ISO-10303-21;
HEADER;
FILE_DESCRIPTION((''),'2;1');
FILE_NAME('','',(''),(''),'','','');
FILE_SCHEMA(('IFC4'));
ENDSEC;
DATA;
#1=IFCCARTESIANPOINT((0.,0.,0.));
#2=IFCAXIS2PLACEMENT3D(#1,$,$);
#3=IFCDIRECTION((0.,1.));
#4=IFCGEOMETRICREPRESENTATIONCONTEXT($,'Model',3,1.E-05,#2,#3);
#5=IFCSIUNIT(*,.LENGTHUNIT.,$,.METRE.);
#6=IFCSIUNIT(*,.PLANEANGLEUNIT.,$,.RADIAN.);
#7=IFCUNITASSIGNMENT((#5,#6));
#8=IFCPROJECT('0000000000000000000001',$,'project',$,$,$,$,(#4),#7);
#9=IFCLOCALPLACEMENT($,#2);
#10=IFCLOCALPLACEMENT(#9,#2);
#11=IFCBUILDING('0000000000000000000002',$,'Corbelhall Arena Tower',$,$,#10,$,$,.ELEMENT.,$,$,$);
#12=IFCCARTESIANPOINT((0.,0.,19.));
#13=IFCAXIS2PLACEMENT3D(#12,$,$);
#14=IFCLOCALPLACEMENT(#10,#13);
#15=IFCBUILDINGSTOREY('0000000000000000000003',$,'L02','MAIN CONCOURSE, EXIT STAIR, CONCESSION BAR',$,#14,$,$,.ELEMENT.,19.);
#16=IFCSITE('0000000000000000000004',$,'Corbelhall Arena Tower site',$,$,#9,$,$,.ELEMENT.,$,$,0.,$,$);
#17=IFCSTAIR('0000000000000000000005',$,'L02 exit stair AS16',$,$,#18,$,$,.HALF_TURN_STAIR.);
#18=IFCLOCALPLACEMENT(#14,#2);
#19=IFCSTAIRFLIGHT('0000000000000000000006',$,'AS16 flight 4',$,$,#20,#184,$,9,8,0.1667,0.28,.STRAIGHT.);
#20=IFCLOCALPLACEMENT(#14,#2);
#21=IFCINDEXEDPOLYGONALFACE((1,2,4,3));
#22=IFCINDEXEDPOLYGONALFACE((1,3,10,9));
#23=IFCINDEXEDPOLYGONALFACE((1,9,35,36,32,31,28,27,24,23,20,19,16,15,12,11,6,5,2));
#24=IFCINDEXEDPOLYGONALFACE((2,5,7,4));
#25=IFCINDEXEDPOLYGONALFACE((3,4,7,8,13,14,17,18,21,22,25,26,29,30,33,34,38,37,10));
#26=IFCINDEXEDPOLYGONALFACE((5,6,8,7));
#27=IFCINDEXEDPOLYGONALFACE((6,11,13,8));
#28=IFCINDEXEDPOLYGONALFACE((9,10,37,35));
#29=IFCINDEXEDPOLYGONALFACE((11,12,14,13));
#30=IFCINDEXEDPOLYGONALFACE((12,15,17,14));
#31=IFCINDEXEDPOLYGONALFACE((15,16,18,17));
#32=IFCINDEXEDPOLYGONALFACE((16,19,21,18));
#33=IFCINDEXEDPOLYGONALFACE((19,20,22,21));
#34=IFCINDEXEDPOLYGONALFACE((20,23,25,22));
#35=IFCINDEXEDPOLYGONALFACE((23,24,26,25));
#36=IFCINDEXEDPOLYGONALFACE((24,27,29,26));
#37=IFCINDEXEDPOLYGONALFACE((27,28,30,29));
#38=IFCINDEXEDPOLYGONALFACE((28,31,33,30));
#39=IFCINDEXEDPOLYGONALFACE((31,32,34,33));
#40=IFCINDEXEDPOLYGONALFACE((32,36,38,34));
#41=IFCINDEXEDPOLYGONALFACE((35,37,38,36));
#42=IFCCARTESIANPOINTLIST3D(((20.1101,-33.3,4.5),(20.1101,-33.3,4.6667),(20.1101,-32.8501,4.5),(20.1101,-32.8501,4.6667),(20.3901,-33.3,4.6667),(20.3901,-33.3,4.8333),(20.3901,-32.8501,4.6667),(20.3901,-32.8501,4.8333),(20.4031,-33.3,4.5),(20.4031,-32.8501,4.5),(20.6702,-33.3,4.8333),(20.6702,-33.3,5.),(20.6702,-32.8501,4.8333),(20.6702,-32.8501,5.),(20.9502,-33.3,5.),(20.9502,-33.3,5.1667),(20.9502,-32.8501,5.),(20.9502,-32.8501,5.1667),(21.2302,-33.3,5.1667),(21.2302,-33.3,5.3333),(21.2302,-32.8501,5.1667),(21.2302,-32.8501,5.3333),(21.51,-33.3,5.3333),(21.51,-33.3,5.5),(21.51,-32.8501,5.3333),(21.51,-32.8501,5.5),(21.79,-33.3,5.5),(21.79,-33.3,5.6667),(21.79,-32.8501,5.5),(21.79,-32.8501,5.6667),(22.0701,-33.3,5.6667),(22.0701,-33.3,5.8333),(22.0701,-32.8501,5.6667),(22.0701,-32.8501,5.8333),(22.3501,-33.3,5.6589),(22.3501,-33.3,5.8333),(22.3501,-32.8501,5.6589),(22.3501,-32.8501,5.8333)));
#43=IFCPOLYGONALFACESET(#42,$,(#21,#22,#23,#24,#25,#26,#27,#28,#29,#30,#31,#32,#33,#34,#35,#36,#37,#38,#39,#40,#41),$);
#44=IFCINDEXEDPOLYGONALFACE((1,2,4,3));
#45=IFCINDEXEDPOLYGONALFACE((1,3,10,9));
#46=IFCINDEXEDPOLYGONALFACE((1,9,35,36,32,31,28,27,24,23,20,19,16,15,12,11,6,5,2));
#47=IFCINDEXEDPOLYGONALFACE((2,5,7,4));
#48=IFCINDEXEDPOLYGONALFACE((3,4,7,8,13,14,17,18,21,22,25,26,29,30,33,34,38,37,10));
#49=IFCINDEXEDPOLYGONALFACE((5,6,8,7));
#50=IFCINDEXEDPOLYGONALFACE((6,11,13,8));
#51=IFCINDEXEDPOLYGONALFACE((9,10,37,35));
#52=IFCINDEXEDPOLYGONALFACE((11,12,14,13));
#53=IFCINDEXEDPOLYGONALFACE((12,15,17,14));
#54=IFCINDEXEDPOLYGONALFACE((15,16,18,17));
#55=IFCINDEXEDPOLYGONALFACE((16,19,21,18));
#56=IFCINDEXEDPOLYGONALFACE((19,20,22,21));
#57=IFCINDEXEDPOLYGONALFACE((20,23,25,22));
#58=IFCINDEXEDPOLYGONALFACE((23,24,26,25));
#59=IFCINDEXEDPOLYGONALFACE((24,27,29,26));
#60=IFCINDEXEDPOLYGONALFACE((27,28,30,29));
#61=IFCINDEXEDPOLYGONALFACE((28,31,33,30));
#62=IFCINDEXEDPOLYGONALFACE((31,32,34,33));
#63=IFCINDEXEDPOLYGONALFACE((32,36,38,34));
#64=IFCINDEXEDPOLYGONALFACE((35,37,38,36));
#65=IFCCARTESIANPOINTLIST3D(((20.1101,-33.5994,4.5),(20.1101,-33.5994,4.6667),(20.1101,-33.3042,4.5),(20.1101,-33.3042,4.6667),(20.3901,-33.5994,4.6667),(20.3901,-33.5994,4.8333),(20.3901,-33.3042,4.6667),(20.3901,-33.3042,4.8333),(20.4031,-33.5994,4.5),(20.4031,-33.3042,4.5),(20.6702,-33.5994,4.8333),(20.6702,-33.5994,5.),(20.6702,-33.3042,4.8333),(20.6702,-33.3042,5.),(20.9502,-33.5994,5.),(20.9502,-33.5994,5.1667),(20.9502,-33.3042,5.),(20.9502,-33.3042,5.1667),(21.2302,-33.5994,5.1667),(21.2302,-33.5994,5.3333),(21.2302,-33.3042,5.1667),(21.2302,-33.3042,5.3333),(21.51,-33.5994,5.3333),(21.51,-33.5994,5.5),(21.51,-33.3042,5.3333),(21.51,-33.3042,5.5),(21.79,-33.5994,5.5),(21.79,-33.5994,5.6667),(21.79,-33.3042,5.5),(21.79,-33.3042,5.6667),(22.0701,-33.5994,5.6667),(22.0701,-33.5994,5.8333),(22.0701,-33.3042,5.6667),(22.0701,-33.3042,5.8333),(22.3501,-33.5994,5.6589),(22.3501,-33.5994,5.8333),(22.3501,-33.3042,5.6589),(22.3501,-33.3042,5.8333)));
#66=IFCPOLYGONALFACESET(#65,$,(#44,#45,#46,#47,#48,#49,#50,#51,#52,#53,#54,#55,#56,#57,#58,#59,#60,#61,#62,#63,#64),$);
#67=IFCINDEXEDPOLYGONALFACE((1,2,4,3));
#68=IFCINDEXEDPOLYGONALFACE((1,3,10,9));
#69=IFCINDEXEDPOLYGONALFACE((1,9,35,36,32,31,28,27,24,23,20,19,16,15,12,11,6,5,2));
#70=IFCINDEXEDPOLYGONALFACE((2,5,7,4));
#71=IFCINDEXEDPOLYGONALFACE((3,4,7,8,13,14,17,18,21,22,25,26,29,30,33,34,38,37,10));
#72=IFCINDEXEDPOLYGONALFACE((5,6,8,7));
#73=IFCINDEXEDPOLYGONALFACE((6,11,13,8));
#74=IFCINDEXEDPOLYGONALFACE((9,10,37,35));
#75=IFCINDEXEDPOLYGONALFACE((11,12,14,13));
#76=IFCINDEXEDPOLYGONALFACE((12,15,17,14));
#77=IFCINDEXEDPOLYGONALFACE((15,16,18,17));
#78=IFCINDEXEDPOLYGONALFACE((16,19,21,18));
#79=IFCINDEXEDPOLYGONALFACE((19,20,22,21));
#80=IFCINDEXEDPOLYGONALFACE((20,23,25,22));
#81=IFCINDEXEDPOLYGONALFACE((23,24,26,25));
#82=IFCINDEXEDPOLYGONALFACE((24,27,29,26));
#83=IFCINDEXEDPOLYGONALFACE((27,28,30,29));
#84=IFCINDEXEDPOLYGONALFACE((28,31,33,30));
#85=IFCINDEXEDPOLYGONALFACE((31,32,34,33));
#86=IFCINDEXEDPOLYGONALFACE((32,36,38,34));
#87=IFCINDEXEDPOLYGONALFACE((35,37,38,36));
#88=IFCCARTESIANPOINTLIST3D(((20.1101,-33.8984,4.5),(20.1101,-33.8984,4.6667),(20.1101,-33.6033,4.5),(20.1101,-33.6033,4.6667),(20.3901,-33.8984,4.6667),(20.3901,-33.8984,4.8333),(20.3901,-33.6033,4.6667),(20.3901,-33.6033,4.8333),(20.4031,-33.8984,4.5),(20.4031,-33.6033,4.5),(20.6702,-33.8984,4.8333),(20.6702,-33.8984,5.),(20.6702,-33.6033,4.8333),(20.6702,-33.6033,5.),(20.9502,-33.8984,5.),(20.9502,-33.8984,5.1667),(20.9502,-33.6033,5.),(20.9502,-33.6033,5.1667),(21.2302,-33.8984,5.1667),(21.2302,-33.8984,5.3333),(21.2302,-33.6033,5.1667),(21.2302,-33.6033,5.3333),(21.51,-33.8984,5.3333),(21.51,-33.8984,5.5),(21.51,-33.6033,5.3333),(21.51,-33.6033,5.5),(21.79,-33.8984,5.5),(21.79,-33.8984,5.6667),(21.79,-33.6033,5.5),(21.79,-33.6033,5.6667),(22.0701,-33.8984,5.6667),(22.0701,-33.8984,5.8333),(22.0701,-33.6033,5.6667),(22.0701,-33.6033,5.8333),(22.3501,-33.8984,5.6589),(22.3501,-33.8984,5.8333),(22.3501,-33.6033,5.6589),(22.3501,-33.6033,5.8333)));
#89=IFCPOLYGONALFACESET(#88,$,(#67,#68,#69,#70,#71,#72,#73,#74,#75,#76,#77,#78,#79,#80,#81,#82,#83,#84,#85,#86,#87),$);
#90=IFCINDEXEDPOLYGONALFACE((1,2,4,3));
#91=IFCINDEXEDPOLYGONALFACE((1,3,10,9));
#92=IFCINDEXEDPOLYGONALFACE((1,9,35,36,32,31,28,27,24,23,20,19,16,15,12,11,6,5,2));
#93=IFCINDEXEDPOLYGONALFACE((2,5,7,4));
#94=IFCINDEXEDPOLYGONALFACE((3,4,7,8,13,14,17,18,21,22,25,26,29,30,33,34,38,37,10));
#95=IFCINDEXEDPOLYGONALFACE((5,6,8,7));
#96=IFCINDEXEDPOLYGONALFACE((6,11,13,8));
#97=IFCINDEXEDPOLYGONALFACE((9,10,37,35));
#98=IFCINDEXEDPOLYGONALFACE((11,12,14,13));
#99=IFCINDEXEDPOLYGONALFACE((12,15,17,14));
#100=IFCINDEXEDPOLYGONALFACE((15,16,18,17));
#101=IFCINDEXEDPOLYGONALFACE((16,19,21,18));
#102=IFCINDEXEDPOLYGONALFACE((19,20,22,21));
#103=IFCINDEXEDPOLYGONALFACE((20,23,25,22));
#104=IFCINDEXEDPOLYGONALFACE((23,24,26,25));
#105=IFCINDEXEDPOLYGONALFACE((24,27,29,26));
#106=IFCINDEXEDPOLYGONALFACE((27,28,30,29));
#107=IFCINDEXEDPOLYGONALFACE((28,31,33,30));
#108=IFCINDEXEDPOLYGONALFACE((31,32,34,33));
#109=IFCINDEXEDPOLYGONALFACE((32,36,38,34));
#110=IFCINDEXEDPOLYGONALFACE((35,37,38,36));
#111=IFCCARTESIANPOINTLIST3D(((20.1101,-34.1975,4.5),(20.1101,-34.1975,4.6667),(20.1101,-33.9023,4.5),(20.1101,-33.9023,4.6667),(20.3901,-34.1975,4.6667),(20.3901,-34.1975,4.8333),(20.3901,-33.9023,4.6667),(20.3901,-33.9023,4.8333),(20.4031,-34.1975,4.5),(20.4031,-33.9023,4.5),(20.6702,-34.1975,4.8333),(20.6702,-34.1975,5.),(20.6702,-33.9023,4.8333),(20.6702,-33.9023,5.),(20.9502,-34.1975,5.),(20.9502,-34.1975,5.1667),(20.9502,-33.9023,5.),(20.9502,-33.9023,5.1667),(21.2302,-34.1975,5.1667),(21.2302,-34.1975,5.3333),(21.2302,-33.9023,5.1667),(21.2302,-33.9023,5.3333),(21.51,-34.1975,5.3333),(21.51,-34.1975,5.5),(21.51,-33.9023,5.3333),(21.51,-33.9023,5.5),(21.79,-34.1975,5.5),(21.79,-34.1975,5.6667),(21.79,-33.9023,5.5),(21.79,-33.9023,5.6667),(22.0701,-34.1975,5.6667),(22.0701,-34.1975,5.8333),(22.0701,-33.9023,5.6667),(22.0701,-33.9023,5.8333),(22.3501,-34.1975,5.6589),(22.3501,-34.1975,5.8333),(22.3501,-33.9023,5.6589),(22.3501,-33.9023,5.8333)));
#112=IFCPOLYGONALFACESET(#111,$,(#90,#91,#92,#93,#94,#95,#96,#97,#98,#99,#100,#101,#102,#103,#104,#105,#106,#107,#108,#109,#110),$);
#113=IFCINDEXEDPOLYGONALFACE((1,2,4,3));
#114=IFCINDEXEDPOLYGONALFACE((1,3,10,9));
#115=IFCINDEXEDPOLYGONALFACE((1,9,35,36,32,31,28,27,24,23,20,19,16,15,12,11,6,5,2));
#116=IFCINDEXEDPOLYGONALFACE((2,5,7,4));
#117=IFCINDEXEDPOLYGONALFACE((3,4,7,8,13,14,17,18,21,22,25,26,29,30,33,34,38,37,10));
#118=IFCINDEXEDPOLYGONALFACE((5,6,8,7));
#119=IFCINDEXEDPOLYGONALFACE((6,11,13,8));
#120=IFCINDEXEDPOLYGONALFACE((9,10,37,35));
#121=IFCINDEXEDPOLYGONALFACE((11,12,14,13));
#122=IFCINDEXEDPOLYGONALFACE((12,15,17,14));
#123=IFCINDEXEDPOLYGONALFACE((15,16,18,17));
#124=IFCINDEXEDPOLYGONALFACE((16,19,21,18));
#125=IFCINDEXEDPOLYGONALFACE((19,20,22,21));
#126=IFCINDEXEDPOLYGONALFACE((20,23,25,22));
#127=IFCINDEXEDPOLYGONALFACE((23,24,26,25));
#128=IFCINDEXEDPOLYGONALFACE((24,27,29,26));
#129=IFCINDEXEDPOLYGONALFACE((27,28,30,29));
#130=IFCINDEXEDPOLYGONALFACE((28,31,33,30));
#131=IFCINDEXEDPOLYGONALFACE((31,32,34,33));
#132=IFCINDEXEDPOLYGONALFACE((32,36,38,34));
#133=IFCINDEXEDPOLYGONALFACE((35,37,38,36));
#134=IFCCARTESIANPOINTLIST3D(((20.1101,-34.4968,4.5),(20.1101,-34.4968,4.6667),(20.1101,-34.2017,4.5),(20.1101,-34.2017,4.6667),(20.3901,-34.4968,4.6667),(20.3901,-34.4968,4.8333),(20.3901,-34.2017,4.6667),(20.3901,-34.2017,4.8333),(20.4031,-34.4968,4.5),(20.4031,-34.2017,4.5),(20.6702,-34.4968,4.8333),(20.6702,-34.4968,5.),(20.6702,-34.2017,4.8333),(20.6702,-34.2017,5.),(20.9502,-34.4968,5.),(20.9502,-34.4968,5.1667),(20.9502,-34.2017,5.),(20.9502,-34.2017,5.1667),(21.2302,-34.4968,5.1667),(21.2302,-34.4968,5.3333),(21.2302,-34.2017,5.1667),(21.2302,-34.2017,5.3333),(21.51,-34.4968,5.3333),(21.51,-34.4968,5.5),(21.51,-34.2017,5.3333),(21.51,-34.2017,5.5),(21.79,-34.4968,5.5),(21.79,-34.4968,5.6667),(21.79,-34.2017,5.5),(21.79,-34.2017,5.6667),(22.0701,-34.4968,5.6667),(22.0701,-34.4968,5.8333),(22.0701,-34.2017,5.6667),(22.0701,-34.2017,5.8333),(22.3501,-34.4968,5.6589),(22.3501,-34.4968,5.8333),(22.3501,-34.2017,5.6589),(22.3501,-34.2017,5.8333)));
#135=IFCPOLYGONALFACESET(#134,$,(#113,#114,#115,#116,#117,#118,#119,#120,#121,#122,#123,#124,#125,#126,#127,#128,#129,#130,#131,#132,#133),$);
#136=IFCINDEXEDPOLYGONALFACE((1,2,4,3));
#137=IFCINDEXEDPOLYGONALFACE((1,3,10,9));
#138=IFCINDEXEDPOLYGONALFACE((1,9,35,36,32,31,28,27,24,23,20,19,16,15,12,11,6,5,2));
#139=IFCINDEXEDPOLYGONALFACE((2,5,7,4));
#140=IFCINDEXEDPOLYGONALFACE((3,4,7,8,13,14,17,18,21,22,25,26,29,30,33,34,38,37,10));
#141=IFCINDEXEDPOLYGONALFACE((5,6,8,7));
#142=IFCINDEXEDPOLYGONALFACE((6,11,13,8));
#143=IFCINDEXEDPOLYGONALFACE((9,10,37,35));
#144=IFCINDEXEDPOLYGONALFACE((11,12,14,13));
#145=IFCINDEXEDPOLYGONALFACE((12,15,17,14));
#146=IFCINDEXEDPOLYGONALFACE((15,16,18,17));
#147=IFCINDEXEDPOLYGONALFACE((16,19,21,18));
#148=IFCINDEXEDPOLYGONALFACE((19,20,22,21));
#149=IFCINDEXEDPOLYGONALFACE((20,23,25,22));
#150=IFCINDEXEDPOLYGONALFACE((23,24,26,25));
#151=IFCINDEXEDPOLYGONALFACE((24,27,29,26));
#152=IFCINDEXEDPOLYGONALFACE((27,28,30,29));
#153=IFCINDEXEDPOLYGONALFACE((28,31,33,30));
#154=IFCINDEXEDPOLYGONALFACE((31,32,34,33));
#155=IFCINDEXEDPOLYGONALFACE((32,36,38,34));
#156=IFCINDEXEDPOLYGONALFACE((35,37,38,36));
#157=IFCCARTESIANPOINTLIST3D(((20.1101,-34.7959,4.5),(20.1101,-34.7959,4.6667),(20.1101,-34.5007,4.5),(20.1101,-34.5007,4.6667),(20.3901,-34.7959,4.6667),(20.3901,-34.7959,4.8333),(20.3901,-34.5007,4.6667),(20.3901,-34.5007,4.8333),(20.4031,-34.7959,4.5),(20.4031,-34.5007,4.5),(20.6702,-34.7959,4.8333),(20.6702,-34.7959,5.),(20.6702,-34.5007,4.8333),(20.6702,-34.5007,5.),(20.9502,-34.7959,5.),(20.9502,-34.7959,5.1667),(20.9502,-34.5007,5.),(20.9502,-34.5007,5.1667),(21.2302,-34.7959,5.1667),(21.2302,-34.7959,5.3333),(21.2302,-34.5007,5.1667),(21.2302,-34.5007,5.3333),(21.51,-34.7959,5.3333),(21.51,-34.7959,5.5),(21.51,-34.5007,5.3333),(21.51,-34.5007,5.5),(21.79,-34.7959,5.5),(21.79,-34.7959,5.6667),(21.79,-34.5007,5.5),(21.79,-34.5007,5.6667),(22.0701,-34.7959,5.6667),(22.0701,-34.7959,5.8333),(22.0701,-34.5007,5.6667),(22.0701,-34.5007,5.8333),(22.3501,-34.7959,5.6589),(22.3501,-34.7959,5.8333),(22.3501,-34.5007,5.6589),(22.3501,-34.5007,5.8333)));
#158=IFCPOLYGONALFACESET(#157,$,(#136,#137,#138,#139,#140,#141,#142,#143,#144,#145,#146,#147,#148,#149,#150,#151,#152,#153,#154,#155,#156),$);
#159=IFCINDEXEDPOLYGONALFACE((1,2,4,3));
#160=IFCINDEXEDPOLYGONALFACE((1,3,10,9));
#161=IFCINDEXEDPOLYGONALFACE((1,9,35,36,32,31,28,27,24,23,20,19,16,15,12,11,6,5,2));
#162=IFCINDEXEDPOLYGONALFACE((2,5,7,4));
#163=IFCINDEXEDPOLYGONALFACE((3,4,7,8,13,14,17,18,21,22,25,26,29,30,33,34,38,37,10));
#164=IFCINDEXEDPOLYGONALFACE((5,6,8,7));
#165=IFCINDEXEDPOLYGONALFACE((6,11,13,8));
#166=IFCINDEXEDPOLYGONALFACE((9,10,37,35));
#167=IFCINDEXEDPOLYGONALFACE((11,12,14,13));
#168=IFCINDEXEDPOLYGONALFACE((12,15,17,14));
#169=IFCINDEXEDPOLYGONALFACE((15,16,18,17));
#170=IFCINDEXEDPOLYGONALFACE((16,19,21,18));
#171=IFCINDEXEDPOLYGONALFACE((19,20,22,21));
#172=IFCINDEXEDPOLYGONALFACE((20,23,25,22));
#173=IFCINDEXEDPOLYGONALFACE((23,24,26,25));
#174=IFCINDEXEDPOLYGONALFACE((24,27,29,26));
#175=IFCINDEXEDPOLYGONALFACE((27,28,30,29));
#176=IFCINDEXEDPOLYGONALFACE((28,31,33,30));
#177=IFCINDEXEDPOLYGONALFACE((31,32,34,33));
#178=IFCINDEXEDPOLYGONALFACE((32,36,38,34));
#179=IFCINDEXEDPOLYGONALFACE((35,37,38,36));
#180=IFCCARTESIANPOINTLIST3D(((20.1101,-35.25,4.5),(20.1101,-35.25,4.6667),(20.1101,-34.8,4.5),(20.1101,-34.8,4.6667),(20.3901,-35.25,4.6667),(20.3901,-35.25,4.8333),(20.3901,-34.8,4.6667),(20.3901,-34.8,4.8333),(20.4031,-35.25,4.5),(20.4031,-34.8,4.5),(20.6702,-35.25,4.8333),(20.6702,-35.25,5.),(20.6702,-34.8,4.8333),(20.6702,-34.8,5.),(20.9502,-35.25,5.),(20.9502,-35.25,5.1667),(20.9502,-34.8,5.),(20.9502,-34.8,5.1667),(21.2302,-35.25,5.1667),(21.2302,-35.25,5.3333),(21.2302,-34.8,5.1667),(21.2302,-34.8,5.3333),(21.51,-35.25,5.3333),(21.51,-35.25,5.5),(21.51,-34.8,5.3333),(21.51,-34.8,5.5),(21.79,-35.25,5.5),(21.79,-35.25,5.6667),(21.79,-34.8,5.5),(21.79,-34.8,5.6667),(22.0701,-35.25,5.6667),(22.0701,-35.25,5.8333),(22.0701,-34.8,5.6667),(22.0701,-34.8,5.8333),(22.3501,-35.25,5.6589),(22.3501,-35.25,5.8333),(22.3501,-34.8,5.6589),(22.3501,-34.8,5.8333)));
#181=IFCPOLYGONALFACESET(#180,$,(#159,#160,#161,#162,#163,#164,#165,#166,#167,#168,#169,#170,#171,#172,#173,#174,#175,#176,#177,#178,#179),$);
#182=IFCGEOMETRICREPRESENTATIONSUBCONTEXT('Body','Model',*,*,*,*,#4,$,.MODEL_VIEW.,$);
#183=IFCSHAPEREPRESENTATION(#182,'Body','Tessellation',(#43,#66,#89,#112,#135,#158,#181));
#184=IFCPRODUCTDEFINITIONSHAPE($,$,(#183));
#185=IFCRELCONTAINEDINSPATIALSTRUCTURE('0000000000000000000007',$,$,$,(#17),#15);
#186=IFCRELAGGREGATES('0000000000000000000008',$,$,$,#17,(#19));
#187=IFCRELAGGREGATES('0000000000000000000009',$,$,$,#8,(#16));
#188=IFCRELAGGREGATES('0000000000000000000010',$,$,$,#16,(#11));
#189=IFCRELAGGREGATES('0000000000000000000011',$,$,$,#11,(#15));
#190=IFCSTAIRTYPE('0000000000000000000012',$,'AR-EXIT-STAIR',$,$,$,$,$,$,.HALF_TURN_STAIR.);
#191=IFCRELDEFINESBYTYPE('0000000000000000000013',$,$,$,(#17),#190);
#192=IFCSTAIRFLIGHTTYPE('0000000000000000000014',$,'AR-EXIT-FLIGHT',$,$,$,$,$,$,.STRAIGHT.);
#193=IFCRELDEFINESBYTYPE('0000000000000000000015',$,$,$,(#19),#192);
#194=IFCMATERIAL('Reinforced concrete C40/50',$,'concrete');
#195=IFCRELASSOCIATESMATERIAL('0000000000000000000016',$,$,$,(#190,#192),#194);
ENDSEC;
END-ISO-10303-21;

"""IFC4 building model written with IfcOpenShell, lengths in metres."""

from ifc_helpers import new_model, si_unit, direction, frame, origin, place, context, subcontext, project, spatial, polyline, outline, extrude, material, type_object, element, aggregate, save


model = new_model("IFC4")

# Units and contexts
model_context = context("Model", 3, precision=1e-05, world=origin(), true_north=direction((0.0, 1.0)))
body_context = subcontext(model_context, "Body", "Model", "MODEL_VIEW")
ifc_project = project(units=[si_unit("LENGTHUNIT", "METRE"), si_unit("PLANEANGLEUNIT", "RADIAN")], contexts=[model_context])

# Site, building, storey
site_placement = place(None, origin())
site = spatial("IfcSite", under=ifc_project, at=site_placement, Name="Corbelhall Arena Tower site", CompositionType="ELEMENT", RefElevation=0.0)
building_placement = place(site_placement, origin())
building = spatial("IfcBuilding", under=site, at=building_placement, Name="Corbelhall Arena Tower", CompositionType="ELEMENT")
storey_placement = place(building_placement, frame((0.0, 0.0, 19.0)))
storey = spatial("IfcBuildingStorey", under=building, at=storey_placement, Name="L02", Description="MAIN CONCOURSE, EXIT STAIR, CONCESSION BAR", CompositionType="ELEMENT", Elevation=19.0)

# Shared definitions
ifc_material_1 = material(Name="Reinforced concrete C40/50", Category="concrete")

# Stair, stair flight
stair_type = type_object("IfcStairType", Name="AR-EXIT-STAIR", PredefinedType="HALF_TURN_STAIR", material=ifc_material_1)
stair_flight_type = type_object("IfcStairFlightType", Name="AR-EXIT-FLIGHT", PredefinedType="STRAIGHT", material=ifc_material_1)
stair_1_placement = place(storey_placement, origin())
stair_1 = element("IfcStair", 1, at=stair_1_placement, inside=storey, type_object=stair_type, Name="L02 exit stair AS16", PredefinedType="HALF_TURN_STAIR")
stair_flight_1_placement = place(storey_placement, frame((20.1101, -34.05, 4.5), z_axis=(0.0, 0.0, 1.0), x_axis=(1.0, 0.0, 0.0)))
stair_flight_1 = element("IfcStairFlight", 2, at=stair_flight_1_placement, type_object=stair_flight_type, Name="AS16 flight 4", NumberOfRisers=9, NumberOfTreads=8, PredefinedType="STRAIGHT", RiserHeight=0.1667, TreadLength=0.28, context=body_context, shape_type="SweptSolid", body=[
    extrude(outline(polyline([(0.0, 0.0), (0.0, 0.1667), (0.28, 0.1667), (0.28, 0.3333), (0.5601, 0.3333), (0.5601, 0.5), (0.8401, 0.5), (0.8401, 0.6667), (1.1201, 0.6667), (1.1201, 0.8333), (1.3999, 0.8333), (1.3999, 1.0), (1.6799, 1.0), (1.6799, 1.1667), (1.96, 1.1667), (1.96, 1.3333), (2.24, 1.3333), (2.24, 1.5), (2.24, 1.1589), (0.293, 0.0), (0.0, 0.0)])), frame((0.0, 1.2, 0.0), z_axis=(0.0, -1.0, 0.0), x_axis=(1.0, 0.0, 0.0)), (0.0, 0.0, 1.0), 0.45),
    extrude(outline(polyline([(0.0, 0.0), (0.0, 0.1667), (0.28, 0.1667), (0.28, 0.3333), (0.5601, 0.3333), (0.5601, 0.5), (0.8401, 0.5), (0.8401, 0.6667), (1.1201, 0.6667), (1.1201, 0.8333), (1.3999, 0.8333), (1.3999, 1.0), (1.6799, 1.0), (1.6799, 1.1667), (1.96, 1.1667), (1.96, 1.3333), (2.24, 1.3333), (2.24, 1.5), (2.24, 1.1589), (0.293, 0.0), (0.0, 0.0)])), frame((0.0, 0.7458, 0.0), z_axis=(0.0, -1.0, 0.0), x_axis=(1.0, 0.0, 0.0)), (0.0, 0.0, 1.0), 0.2952),
    extrude(outline(polyline([(0.0, 0.0), (0.0, 0.1667), (0.28, 0.1667), (0.28, 0.3333), (0.5601, 0.3333), (0.5601, 0.5), (0.8401, 0.5), (0.8401, 0.6667), (1.1201, 0.6667), (1.1201, 0.8333), (1.3999, 0.8333), (1.3999, 1.0), (1.6799, 1.0), (1.6799, 1.1667), (1.96, 1.1667), (1.96, 1.3333), (2.24, 1.3333), (2.24, 1.5), (2.24, 1.1589), (0.293, 0.0), (0.0, 0.0)])), frame((0.0, 0.4468, 0.0), z_axis=(0.0, -1.0, 0.0), x_axis=(1.0, 0.0, 0.0)), (0.0, 0.0, 1.0), 0.2952),
    extrude(outline(polyline([(0.0, 0.0), (0.0, 0.1667), (0.28, 0.1667), (0.28, 0.3333), (0.5601, 0.3333), (0.5601, 0.5), (0.8401, 0.5), (0.8401, 0.6667), (1.1201, 0.6667), (1.1201, 0.8333), (1.3999, 0.8333), (1.3999, 1.0), (1.6799, 1.0), (1.6799, 1.1667), (1.96, 1.1667), (1.96, 1.3333), (2.24, 1.3333), (2.24, 1.5), (2.24, 1.1589), (0.293, 0.0), (0.0, 0.0)])), frame((0.0, 0.1477, 0.0), z_axis=(0.0, -1.0, 0.0), x_axis=(1.0, 0.0, 0.0)), (0.0, 0.0, 1.0), 0.2952),
    extrude(outline(polyline([(0.0, 0.0), (0.0, 0.1667), (0.28, 0.1667), (0.28, 0.3333), (0.5601, 0.3333), (0.5601, 0.5), (0.8401, 0.5), (0.8401, 0.6667), (1.1201, 0.6667), (1.1201, 0.8333), (1.3999, 0.8333), (1.3999, 1.0), (1.6799, 1.0), (1.6799, 1.1667), (1.96, 1.1667), (1.96, 1.3333), (2.24, 1.3333), (2.24, 1.5), (2.24, 1.1589), (0.293, 0.0), (0.0, 0.0)])), frame((0.0, -0.1516, 0.0), z_axis=(0.0, -1.0, 0.0), x_axis=(1.0, 0.0, 0.0)), (0.0, 0.0, 1.0), 0.2952),
    extrude(outline(polyline([(0.0, 0.0), (0.0, 0.1667), (0.28, 0.1667), (0.28, 0.3333), (0.5601, 0.3333), (0.5601, 0.5), (0.8401, 0.5), (0.8401, 0.6667), (1.1201, 0.6667), (1.1201, 0.8333), (1.3999, 0.8333), (1.3999, 1.0), (1.6799, 1.0), (1.6799, 1.1667), (1.96, 1.1667), (1.96, 1.3333), (2.24, 1.3333), (2.24, 1.5), (2.24, 1.1589), (0.293, 0.0), (0.0, 0.0)])), frame((0.0, -0.4507, 0.0), z_axis=(0.0, -1.0, 0.0), x_axis=(1.0, 0.0, 0.0)), (0.0, 0.0, 1.0), 0.2952),
    extrude(outline(polyline([(0.0, 0.0), (0.0, 0.1667), (0.28, 0.1667), (0.28, 0.3333), (0.5601, 0.3333), (0.5601, 0.5), (0.8401, 0.5), (0.8401, 0.6667), (1.1201, 0.6667), (1.1201, 0.8333), (1.3999, 0.8333), (1.3999, 1.0), (1.6799, 1.0), (1.6799, 1.1667), (1.96, 1.1667), (1.96, 1.3333), (2.24, 1.3333), (2.24, 1.5), (2.24, 1.1589), (0.293, 0.0), (0.0, 0.0)])), frame((0.0, -0.75, 0.0), z_axis=(0.0, -1.0, 0.0), x_axis=(1.0, 0.0, 0.0)), (0.0, 0.0, 1.0), 0.45),
])
aggregate(stair_1, [stair_flight_1])

save(model, "model.ifc")
